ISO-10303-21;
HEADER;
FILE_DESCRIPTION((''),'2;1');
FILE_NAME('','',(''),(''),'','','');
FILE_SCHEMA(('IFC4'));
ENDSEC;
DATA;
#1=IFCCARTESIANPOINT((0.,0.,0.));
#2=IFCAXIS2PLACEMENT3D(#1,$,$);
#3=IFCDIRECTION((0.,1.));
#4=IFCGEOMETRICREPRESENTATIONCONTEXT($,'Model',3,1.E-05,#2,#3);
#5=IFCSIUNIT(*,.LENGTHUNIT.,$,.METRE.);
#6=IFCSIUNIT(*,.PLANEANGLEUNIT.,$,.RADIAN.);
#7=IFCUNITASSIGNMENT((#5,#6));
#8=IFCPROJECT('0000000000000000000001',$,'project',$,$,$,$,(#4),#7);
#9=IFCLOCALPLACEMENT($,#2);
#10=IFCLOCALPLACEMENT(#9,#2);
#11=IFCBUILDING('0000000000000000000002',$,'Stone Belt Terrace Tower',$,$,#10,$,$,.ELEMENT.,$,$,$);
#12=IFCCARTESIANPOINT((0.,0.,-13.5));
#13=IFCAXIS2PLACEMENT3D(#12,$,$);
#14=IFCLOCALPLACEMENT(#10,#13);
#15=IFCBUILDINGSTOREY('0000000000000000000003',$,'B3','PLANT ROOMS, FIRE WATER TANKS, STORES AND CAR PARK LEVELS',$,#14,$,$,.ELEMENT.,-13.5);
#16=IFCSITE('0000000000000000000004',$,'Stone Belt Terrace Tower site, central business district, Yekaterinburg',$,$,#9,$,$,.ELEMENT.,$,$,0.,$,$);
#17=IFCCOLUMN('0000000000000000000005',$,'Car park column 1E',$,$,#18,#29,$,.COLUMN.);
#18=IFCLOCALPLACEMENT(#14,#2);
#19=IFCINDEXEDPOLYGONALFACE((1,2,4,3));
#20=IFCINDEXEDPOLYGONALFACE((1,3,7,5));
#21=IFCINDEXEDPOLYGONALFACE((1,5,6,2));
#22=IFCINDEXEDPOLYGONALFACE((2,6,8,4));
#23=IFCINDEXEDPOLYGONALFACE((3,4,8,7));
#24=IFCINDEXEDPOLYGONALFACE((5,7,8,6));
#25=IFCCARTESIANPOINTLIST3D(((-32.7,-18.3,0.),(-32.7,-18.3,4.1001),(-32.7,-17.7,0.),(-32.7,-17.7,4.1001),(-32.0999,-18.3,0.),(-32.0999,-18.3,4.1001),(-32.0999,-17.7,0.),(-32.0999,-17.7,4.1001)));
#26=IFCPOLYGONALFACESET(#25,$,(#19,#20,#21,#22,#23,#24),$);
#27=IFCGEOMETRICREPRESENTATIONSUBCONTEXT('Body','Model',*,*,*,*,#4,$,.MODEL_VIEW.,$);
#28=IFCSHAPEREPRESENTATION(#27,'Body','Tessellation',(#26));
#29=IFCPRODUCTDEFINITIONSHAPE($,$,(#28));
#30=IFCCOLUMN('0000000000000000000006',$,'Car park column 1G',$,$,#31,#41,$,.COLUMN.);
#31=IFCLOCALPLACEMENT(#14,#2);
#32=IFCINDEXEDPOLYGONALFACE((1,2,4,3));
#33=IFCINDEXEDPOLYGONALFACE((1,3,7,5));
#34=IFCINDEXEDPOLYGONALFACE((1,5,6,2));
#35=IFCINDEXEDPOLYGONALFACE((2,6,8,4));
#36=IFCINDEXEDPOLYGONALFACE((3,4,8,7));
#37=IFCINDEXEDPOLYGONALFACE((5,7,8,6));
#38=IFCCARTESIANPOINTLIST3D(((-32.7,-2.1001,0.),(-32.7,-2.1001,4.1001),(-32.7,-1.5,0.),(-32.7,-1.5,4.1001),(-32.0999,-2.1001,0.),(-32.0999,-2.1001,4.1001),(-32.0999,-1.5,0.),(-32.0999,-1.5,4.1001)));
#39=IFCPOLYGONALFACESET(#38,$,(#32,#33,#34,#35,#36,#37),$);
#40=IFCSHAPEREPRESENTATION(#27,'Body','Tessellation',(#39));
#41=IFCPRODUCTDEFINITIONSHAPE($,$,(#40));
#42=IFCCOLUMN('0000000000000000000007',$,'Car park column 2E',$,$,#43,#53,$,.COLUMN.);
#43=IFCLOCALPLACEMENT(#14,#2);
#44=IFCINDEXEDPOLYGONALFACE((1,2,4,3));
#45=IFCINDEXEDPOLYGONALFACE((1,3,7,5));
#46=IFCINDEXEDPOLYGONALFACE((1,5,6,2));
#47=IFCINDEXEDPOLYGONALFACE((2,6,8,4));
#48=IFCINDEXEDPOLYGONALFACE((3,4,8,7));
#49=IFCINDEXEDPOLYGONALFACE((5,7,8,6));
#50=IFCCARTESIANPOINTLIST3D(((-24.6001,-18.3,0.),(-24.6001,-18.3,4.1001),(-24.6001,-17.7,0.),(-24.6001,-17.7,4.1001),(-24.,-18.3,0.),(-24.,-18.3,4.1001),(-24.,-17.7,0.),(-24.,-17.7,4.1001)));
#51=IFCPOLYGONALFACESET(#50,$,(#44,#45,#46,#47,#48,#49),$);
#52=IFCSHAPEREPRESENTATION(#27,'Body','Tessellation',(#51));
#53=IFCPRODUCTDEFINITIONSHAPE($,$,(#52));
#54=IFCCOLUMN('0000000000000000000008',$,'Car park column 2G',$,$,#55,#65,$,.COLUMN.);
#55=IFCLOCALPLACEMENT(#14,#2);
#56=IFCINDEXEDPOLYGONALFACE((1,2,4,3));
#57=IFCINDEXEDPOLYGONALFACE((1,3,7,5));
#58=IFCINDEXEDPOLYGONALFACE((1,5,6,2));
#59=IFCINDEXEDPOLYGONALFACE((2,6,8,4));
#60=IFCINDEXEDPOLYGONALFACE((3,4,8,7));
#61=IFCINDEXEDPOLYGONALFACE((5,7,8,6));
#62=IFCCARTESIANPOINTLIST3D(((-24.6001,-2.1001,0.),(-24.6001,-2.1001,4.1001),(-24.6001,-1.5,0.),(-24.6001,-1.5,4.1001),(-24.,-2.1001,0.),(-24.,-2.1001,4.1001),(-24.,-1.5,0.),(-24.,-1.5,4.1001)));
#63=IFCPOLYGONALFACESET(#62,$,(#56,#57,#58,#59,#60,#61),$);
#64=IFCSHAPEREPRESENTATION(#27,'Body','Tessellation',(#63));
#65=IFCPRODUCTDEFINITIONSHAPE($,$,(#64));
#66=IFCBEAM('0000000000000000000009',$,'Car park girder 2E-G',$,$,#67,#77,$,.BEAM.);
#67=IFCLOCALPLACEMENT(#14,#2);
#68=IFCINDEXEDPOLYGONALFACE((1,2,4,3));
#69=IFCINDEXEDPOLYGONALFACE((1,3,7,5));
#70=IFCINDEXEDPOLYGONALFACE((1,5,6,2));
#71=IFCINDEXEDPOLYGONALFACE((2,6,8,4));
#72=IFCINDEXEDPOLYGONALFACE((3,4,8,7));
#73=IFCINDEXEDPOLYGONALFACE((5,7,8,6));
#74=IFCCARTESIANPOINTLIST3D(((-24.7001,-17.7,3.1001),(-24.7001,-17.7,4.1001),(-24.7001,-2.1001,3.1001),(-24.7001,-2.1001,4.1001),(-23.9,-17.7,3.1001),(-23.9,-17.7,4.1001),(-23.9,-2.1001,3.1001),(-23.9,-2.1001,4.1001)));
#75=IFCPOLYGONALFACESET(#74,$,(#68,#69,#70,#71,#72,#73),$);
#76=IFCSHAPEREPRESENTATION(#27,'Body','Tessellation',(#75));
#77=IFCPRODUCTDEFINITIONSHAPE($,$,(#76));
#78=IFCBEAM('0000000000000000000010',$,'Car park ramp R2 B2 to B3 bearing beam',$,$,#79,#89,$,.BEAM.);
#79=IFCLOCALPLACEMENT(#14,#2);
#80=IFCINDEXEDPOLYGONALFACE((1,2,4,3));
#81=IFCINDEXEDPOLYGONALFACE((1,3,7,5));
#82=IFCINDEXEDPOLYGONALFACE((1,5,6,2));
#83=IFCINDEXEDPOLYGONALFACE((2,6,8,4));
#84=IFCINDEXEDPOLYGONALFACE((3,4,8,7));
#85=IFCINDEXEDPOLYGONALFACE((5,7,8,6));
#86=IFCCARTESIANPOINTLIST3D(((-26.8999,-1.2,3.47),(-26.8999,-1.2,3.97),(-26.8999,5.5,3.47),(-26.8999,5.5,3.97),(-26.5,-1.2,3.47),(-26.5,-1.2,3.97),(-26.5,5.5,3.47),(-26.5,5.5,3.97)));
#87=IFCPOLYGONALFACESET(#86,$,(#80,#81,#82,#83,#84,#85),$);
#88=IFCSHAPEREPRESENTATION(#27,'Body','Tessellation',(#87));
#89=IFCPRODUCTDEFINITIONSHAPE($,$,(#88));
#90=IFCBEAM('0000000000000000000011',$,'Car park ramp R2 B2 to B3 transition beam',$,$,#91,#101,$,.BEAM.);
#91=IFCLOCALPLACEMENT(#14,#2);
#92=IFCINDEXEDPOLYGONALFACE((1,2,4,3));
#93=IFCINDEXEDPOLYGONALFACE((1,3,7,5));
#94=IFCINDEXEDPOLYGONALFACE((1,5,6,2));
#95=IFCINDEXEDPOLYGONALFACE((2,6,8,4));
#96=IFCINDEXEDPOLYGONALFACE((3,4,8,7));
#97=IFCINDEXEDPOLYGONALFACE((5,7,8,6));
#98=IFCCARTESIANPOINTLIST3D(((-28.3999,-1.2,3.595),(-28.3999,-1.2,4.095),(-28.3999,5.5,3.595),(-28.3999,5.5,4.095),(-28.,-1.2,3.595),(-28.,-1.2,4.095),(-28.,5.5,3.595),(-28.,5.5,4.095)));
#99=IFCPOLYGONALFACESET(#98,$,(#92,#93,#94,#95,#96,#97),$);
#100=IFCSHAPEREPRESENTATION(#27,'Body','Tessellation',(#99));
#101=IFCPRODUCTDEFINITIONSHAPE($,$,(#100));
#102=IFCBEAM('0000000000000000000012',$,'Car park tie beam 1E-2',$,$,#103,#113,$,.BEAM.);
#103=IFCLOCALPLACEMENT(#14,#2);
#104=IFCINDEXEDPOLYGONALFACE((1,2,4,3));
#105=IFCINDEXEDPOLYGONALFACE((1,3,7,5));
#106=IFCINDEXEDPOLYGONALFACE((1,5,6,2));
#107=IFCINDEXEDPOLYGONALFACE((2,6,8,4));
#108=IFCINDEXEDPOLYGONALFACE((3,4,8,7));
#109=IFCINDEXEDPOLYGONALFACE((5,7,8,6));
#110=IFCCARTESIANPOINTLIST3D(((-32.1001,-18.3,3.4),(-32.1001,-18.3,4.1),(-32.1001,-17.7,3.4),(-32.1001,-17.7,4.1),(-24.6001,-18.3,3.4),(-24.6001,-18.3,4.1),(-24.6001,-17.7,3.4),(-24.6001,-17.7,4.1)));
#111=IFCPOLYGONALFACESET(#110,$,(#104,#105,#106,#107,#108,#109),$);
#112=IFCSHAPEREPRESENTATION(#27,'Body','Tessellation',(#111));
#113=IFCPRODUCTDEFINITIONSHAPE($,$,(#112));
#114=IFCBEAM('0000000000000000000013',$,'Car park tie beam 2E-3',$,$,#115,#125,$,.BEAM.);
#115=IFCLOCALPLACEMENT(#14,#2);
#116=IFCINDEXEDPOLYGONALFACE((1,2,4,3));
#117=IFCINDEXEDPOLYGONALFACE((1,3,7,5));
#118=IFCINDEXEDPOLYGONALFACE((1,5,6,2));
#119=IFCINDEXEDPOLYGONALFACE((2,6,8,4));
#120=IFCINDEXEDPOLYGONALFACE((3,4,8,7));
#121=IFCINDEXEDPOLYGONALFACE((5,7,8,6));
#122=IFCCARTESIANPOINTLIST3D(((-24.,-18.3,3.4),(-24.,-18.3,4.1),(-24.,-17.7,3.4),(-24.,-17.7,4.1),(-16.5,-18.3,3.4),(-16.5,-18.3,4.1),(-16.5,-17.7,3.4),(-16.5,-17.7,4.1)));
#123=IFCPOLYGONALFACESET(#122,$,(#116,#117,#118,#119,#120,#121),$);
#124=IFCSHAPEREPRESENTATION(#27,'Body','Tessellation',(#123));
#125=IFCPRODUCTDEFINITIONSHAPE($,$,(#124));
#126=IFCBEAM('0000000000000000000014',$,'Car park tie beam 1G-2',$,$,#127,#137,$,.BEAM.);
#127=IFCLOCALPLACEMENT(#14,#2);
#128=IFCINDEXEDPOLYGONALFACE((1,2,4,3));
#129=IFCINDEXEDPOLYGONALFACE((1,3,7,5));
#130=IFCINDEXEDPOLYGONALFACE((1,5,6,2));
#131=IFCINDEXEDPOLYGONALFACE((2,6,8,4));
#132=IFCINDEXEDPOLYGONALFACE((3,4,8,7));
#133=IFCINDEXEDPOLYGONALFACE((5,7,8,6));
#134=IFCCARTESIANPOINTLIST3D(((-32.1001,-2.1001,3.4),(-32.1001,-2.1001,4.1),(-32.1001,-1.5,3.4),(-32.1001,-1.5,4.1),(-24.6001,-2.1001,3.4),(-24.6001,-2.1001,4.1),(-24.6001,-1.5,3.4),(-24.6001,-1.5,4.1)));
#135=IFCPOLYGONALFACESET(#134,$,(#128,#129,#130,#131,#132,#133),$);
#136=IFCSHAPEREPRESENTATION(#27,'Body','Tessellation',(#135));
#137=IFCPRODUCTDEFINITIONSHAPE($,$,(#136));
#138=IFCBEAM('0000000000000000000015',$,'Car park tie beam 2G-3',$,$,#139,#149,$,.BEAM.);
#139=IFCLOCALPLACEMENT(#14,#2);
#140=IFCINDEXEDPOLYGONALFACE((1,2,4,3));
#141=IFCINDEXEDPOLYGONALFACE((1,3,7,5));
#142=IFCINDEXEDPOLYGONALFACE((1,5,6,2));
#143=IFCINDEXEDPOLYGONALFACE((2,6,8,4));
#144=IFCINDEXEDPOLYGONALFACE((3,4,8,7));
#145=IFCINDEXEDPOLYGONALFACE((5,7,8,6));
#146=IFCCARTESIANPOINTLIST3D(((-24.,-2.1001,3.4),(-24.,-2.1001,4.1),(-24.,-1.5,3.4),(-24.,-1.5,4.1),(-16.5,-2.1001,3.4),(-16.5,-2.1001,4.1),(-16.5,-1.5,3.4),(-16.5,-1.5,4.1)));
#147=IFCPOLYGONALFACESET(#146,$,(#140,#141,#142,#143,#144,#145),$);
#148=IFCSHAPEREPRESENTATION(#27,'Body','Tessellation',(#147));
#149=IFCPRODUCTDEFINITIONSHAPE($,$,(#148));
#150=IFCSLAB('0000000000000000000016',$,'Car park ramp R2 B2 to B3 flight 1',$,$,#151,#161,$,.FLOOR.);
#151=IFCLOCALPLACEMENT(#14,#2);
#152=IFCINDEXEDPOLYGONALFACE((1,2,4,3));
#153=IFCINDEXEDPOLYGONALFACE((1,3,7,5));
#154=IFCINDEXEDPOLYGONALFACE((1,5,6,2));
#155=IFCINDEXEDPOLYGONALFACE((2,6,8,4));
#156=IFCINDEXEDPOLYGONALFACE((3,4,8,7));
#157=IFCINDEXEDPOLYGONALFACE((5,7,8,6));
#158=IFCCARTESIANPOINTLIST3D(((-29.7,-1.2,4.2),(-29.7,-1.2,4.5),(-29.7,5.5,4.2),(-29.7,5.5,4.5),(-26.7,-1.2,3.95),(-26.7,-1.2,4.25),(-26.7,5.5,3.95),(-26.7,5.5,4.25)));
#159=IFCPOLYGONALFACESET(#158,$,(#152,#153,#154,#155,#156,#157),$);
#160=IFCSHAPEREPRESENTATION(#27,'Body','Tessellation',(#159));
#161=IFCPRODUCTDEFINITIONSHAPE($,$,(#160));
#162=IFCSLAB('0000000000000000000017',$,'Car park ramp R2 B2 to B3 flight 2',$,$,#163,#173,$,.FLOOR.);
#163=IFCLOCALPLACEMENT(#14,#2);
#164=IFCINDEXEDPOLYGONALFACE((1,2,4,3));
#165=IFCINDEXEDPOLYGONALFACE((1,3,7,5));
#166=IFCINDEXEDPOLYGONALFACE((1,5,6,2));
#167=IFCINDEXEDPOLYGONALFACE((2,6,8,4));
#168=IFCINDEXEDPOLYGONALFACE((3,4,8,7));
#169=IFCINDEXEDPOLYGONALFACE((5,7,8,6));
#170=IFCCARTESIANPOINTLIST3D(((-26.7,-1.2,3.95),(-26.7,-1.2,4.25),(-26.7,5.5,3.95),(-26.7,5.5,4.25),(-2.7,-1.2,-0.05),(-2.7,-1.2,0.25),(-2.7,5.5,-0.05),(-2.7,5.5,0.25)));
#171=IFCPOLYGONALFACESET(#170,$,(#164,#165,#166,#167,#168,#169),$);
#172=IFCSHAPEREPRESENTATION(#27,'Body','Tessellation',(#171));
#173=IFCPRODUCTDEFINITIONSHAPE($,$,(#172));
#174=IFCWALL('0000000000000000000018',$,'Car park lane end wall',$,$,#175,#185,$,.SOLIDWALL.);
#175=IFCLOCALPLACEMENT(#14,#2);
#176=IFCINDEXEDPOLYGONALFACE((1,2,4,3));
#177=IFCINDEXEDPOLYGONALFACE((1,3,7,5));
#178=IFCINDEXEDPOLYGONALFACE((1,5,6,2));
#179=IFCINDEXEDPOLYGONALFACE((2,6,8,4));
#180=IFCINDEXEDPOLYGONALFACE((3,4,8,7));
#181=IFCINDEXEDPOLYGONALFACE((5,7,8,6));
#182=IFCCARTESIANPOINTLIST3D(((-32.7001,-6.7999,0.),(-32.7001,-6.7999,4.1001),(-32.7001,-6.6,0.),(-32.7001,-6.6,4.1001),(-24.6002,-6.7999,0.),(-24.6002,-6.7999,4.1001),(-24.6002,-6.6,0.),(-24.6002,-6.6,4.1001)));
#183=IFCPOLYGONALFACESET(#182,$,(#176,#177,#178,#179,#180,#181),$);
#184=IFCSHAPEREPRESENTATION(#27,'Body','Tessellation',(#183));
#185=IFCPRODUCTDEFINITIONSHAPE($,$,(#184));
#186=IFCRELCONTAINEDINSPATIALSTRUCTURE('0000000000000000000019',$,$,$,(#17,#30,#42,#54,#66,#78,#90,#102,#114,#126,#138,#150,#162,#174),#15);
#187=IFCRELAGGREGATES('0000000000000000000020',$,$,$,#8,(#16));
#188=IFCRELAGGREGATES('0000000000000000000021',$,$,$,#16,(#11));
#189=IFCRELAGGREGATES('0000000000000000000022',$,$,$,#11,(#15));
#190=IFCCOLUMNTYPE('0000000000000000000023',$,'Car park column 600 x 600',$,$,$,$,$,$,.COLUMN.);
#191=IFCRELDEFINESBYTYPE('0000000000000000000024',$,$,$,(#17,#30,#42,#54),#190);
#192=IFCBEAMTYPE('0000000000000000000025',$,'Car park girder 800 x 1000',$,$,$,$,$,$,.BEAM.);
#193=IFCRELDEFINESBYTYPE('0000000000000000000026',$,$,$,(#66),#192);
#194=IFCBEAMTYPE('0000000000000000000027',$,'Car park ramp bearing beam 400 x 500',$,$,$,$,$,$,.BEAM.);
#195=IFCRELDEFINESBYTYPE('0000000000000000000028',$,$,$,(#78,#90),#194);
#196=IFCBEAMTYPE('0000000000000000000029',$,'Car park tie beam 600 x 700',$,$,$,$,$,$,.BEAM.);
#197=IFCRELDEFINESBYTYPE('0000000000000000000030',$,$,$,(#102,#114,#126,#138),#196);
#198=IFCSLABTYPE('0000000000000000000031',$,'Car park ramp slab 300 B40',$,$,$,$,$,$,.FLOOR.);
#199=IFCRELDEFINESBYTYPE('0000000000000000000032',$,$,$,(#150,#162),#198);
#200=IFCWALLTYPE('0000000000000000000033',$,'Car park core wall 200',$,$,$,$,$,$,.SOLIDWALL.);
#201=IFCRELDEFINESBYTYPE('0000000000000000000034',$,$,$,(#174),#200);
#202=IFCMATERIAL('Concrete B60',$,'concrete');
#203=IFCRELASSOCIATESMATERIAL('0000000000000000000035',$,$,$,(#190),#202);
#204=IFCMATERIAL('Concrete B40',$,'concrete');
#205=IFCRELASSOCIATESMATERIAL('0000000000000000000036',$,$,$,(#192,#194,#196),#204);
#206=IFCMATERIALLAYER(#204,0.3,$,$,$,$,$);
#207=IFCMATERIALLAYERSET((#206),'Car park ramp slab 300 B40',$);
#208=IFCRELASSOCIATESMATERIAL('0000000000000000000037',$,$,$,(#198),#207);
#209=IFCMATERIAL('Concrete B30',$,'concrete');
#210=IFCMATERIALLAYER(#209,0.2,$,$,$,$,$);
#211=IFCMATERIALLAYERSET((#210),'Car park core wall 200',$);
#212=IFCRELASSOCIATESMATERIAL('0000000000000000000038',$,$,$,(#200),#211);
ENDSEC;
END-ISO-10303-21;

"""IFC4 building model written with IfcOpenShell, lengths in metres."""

from ifc_helpers import new_model, si_unit, direction, frame, frame_2d, origin, origin_2d, place, context, subcontext, project, spatial, polyline, rectangle, outline, extrude, material, layer, layer_set, material_profile, profile_set, type_object, element, save


model = new_model("IFC4")

# Units and contexts
model_context = context("Model", 3, precision=1e-05, world=origin(), true_north=direction((0.0, 1.0)))
body_context = subcontext(model_context, "Body", "Model", "MODEL_VIEW")
ifc_project = project(units=[si_unit("LENGTHUNIT", "METRE"), si_unit("PLANEANGLEUNIT", "RADIAN")], contexts=[model_context])

# Site, building, storey
site_placement = place(None, origin())
site = spatial("IfcSite", under=ifc_project, at=site_placement, Name="Stone Belt Terrace Tower site, central business district, Yekaterinburg", CompositionType="ELEMENT", RefElevation=0.0)
building_placement = place(site_placement, origin())
building = spatial("IfcBuilding", under=site, at=building_placement, Name="Stone Belt Terrace Tower", CompositionType="ELEMENT")
storey_placement = place(building_placement, frame((0.0, 0.0, -13.5)))
storey = spatial("IfcBuildingStorey", under=building, at=storey_placement, Name="B3", Description="PLANT ROOMS, FIRE WATER TANKS, STORES AND CAR PARK LEVELS", CompositionType="ELEMENT", Elevation=-13.5)

# Columns
ifc_material_1 = material(Name="Concrete B60", Category="concrete")
ifc_material_profile_1 = material_profile(ifc_material_1, rectangle(XDim=0.6001, YDim=0.6001, at=origin_2d()), Name="Car park column 600 x 600")
ifc_profile_set_1 = profile_set([ifc_material_profile_1], Name="Concrete B60")
column_type = type_object("IfcColumnType", Name="Car park column 600 x 600", PredefinedType="COLUMN", material=ifc_profile_set_1)
for number, where, z_axis, x_axis, name in (
    (1, (-32.3999, -18.0, 0.0), (0.0, 0.0, 1.0), (1.0, 0.0, 0.0), "Car park column 1E"),
    (2, (-32.3999, -1.8, 0.0), (0.0, 0.0, 1.0), (1.0, 0.0, 0.0), "Car park column 1G"),
    (3, (-24.3, -18.0, 0.0), (0.0, 0.0, 1.0), (1.0, 0.0, 0.0), "Car park column 2E"),
    (4, (-24.3, -1.8, 0.0), (0.0, 0.0, 1.0), (1.0, 0.0, 0.0), "Car park column 2G"),
):
    element("IfcColumn", number, at=place(storey_placement, frame(where, z_axis=z_axis, x_axis=x_axis)), inside=storey, type_object=column_type, Name=name, PredefinedType="COLUMN", context=body_context, shape_type="SweptSolid", body=[
        extrude(rectangle(XDim=0.6001, YDim=0.6001, at=origin_2d()), origin(), (0.0, 0.0, 1.0), 4.1001),
    ])

# Beams
ifc_material_2 = material(Name="Concrete B40", Category="concrete")
ifc_material_profile_2 = material_profile(ifc_material_2, rectangle(XDim=0.8, YDim=1.0, at=origin_2d()), Name="Car park girder 800 x 1000")
ifc_profile_set_2 = profile_set([ifc_material_profile_2], Name="Concrete B40")
beam_type_1 = type_object("IfcBeamType", Name="Car park girder 800 x 1000", PredefinedType="BEAM", material=ifc_profile_set_2)
beam_placement = place(storey_placement, frame((-24.3, -17.7, 3.6001), z_axis=(0.0, 1.0, 0.0), x_axis=(-1.0, 0.0, 0.0)))
element("IfcBeam", 5, at=beam_placement, inside=storey, type_object=beam_type_1, Name="Car park girder 2E-G", PredefinedType="BEAM", context=body_context, shape_type="SweptSolid", body=[
    extrude(rectangle(XDim=0.8, YDim=1.0, at=origin_2d()), origin(), (0.0, 0.0, 1.0), 15.5999),
])
ifc_material_profile_3 = material_profile(ifc_material_2, rectangle(XDim=0.3999, YDim=0.5, at=origin_2d()), Name="Car park ramp bearing beam 400 x 500")
ifc_profile_set_3 = profile_set([ifc_material_profile_3], Name="Concrete B40")
beam_type_2 = type_object("IfcBeamType", Name="Car park ramp bearing beam 400 x 500", PredefinedType="BEAM", material=ifc_profile_set_3)
for number, where, z_axis, x_axis, name in (
    (6, (-26.7, -1.2, 3.72), (0.0, 1.0, 0.0), (-1.0, 0.0, 0.0), "Car park ramp R2 B2 to B3 bearing beam"),
    (7, (-28.2, -1.2, 3.845), (0.0, 1.0, 0.0), (-1.0, 0.0, 0.0), "Car park ramp R2 B2 to B3 transition beam"),
):
    element("IfcBeam", number, at=place(storey_placement, frame(where, z_axis=z_axis, x_axis=x_axis)), inside=storey, type_object=beam_type_2, Name=name, PredefinedType="BEAM", context=body_context, shape_type="SweptSolid", body=[
        extrude(rectangle(XDim=0.3999, YDim=0.5, at=origin_2d()), origin(), (0.0, 0.0, 1.0), 6.7),
    ])
ifc_material_profile_4 = material_profile(ifc_material_2, rectangle(XDim=0.6001, YDim=0.7, at=origin_2d()), Name="Car park tie beam 600 x 700")
ifc_profile_set_4 = profile_set([ifc_material_profile_4], Name="Concrete B40")
beam_type_3 = type_object("IfcBeamType", Name="Car park tie beam 600 x 700", PredefinedType="BEAM", material=ifc_profile_set_4)
for number, where, z_axis, x_axis, name in (
    (8, (-32.1001, -18.0, 3.75), (1.0, 0.0, 0.0), (0.0, 1.0, 0.0), "Car park tie beam 1E-2"),
    (9, (-24.0, -18.0, 3.75), (1.0, 0.0, 0.0), (0.0, 1.0, 0.0), "Car park tie beam 2E-3"),
    (10, (-32.1001, -1.8, 3.75), (1.0, 0.0, 0.0), (0.0, 1.0, 0.0), "Car park tie beam 1G-2"),
    (11, (-24.0, -1.8, 3.75), (1.0, 0.0, 0.0), (0.0, 1.0, 0.0), "Car park tie beam 2G-3"),
):
    element("IfcBeam", number, at=place(storey_placement, frame(where, z_axis=z_axis, x_axis=x_axis)), inside=storey, type_object=beam_type_3, Name=name, PredefinedType="BEAM", context=body_context, shape_type="SweptSolid", body=[
        extrude(rectangle(XDim=0.6001, YDim=0.7, at=origin_2d()), origin(), (0.0, 0.0, 1.0), 7.5),
    ])

# Slabs
ifc_layer_1 = layer(ifc_material_2, 0.3)
ifc_layer_set_1 = layer_set([ifc_layer_1], Name="Car park ramp slab 300 B40")
slab_type = type_object("IfcSlabType", Name="Car park ramp slab 300 B40", PredefinedType="FLOOR", material=ifc_layer_set_1)
slab_1_placement = place(storey_placement, frame((-29.7, -1.2, 4.2), z_axis=(0.0, -1.0, 0.0), x_axis=(0.996546, 0.0, -0.083045)))
element("IfcSlab", 12, at=slab_1_placement, inside=storey, type_object=slab_type, Name="Car park ramp R2 B2 to B3 flight 1", PredefinedType="FLOOR", context=body_context, shape_type="SweptSolid", body=[
    extrude(outline(polyline([(0.0, 0.0), (3.0104, 0.0), (2.9855, 0.299), (-0.0249, 0.299), (0.0, 0.0)])), origin(), (0.0, 0.0, -1.0), 6.7),
])
slab_2_placement = place(storey_placement, frame((-26.7, -1.2, 3.95), z_axis=(0.0, -1.0, 0.0), x_axis=(0.986394, 0.0, -0.164399)))
element("IfcSlab", 13, at=slab_2_placement, inside=storey, type_object=slab_type, Name="Car park ramp R2 B2 to B3 flight 2", PredefinedType="FLOOR", context=body_context, shape_type="SweptSolid", body=[
    extrude(outline(polyline([(0.0, 0.0), (24.3311, 0.0), (24.2817, 0.296), (-0.0493, 0.296), (0.0, 0.0)])), origin(), (0.0, 0.0, -1.0), 6.7),
])

# Wall
ifc_material_3 = material(Name="Concrete B30", Category="concrete")
ifc_layer_2 = layer(ifc_material_3, 0.2)
ifc_layer_set_2 = layer_set([ifc_layer_2], Name="Car park core wall 200")
wall_type_1 = type_object("IfcWallType", Name="Car park core wall 200", PredefinedType="SOLIDWALL", material=ifc_layer_set_2)
wall_1_placement = place(storey_placement, frame((-32.7, -6.7, 0.0), z_axis=(0.0, 0.0, 1.0), x_axis=(1.0, 0.0, 0.0)))
element("IfcWall", 14, at=wall_1_placement, inside=storey, type_object=wall_type_1, Name="Car park lane end wall", PredefinedType="SOLIDWALL", context=body_context, shape_type="SweptSolid", body=[
    extrude(rectangle(XDim=8.0999, YDim=0.2, at=frame_2d((4.0498, 0.0))), origin(), (0.0, 0.0, 1.0), 4.1001),
])

save(model, "model.ifc")
